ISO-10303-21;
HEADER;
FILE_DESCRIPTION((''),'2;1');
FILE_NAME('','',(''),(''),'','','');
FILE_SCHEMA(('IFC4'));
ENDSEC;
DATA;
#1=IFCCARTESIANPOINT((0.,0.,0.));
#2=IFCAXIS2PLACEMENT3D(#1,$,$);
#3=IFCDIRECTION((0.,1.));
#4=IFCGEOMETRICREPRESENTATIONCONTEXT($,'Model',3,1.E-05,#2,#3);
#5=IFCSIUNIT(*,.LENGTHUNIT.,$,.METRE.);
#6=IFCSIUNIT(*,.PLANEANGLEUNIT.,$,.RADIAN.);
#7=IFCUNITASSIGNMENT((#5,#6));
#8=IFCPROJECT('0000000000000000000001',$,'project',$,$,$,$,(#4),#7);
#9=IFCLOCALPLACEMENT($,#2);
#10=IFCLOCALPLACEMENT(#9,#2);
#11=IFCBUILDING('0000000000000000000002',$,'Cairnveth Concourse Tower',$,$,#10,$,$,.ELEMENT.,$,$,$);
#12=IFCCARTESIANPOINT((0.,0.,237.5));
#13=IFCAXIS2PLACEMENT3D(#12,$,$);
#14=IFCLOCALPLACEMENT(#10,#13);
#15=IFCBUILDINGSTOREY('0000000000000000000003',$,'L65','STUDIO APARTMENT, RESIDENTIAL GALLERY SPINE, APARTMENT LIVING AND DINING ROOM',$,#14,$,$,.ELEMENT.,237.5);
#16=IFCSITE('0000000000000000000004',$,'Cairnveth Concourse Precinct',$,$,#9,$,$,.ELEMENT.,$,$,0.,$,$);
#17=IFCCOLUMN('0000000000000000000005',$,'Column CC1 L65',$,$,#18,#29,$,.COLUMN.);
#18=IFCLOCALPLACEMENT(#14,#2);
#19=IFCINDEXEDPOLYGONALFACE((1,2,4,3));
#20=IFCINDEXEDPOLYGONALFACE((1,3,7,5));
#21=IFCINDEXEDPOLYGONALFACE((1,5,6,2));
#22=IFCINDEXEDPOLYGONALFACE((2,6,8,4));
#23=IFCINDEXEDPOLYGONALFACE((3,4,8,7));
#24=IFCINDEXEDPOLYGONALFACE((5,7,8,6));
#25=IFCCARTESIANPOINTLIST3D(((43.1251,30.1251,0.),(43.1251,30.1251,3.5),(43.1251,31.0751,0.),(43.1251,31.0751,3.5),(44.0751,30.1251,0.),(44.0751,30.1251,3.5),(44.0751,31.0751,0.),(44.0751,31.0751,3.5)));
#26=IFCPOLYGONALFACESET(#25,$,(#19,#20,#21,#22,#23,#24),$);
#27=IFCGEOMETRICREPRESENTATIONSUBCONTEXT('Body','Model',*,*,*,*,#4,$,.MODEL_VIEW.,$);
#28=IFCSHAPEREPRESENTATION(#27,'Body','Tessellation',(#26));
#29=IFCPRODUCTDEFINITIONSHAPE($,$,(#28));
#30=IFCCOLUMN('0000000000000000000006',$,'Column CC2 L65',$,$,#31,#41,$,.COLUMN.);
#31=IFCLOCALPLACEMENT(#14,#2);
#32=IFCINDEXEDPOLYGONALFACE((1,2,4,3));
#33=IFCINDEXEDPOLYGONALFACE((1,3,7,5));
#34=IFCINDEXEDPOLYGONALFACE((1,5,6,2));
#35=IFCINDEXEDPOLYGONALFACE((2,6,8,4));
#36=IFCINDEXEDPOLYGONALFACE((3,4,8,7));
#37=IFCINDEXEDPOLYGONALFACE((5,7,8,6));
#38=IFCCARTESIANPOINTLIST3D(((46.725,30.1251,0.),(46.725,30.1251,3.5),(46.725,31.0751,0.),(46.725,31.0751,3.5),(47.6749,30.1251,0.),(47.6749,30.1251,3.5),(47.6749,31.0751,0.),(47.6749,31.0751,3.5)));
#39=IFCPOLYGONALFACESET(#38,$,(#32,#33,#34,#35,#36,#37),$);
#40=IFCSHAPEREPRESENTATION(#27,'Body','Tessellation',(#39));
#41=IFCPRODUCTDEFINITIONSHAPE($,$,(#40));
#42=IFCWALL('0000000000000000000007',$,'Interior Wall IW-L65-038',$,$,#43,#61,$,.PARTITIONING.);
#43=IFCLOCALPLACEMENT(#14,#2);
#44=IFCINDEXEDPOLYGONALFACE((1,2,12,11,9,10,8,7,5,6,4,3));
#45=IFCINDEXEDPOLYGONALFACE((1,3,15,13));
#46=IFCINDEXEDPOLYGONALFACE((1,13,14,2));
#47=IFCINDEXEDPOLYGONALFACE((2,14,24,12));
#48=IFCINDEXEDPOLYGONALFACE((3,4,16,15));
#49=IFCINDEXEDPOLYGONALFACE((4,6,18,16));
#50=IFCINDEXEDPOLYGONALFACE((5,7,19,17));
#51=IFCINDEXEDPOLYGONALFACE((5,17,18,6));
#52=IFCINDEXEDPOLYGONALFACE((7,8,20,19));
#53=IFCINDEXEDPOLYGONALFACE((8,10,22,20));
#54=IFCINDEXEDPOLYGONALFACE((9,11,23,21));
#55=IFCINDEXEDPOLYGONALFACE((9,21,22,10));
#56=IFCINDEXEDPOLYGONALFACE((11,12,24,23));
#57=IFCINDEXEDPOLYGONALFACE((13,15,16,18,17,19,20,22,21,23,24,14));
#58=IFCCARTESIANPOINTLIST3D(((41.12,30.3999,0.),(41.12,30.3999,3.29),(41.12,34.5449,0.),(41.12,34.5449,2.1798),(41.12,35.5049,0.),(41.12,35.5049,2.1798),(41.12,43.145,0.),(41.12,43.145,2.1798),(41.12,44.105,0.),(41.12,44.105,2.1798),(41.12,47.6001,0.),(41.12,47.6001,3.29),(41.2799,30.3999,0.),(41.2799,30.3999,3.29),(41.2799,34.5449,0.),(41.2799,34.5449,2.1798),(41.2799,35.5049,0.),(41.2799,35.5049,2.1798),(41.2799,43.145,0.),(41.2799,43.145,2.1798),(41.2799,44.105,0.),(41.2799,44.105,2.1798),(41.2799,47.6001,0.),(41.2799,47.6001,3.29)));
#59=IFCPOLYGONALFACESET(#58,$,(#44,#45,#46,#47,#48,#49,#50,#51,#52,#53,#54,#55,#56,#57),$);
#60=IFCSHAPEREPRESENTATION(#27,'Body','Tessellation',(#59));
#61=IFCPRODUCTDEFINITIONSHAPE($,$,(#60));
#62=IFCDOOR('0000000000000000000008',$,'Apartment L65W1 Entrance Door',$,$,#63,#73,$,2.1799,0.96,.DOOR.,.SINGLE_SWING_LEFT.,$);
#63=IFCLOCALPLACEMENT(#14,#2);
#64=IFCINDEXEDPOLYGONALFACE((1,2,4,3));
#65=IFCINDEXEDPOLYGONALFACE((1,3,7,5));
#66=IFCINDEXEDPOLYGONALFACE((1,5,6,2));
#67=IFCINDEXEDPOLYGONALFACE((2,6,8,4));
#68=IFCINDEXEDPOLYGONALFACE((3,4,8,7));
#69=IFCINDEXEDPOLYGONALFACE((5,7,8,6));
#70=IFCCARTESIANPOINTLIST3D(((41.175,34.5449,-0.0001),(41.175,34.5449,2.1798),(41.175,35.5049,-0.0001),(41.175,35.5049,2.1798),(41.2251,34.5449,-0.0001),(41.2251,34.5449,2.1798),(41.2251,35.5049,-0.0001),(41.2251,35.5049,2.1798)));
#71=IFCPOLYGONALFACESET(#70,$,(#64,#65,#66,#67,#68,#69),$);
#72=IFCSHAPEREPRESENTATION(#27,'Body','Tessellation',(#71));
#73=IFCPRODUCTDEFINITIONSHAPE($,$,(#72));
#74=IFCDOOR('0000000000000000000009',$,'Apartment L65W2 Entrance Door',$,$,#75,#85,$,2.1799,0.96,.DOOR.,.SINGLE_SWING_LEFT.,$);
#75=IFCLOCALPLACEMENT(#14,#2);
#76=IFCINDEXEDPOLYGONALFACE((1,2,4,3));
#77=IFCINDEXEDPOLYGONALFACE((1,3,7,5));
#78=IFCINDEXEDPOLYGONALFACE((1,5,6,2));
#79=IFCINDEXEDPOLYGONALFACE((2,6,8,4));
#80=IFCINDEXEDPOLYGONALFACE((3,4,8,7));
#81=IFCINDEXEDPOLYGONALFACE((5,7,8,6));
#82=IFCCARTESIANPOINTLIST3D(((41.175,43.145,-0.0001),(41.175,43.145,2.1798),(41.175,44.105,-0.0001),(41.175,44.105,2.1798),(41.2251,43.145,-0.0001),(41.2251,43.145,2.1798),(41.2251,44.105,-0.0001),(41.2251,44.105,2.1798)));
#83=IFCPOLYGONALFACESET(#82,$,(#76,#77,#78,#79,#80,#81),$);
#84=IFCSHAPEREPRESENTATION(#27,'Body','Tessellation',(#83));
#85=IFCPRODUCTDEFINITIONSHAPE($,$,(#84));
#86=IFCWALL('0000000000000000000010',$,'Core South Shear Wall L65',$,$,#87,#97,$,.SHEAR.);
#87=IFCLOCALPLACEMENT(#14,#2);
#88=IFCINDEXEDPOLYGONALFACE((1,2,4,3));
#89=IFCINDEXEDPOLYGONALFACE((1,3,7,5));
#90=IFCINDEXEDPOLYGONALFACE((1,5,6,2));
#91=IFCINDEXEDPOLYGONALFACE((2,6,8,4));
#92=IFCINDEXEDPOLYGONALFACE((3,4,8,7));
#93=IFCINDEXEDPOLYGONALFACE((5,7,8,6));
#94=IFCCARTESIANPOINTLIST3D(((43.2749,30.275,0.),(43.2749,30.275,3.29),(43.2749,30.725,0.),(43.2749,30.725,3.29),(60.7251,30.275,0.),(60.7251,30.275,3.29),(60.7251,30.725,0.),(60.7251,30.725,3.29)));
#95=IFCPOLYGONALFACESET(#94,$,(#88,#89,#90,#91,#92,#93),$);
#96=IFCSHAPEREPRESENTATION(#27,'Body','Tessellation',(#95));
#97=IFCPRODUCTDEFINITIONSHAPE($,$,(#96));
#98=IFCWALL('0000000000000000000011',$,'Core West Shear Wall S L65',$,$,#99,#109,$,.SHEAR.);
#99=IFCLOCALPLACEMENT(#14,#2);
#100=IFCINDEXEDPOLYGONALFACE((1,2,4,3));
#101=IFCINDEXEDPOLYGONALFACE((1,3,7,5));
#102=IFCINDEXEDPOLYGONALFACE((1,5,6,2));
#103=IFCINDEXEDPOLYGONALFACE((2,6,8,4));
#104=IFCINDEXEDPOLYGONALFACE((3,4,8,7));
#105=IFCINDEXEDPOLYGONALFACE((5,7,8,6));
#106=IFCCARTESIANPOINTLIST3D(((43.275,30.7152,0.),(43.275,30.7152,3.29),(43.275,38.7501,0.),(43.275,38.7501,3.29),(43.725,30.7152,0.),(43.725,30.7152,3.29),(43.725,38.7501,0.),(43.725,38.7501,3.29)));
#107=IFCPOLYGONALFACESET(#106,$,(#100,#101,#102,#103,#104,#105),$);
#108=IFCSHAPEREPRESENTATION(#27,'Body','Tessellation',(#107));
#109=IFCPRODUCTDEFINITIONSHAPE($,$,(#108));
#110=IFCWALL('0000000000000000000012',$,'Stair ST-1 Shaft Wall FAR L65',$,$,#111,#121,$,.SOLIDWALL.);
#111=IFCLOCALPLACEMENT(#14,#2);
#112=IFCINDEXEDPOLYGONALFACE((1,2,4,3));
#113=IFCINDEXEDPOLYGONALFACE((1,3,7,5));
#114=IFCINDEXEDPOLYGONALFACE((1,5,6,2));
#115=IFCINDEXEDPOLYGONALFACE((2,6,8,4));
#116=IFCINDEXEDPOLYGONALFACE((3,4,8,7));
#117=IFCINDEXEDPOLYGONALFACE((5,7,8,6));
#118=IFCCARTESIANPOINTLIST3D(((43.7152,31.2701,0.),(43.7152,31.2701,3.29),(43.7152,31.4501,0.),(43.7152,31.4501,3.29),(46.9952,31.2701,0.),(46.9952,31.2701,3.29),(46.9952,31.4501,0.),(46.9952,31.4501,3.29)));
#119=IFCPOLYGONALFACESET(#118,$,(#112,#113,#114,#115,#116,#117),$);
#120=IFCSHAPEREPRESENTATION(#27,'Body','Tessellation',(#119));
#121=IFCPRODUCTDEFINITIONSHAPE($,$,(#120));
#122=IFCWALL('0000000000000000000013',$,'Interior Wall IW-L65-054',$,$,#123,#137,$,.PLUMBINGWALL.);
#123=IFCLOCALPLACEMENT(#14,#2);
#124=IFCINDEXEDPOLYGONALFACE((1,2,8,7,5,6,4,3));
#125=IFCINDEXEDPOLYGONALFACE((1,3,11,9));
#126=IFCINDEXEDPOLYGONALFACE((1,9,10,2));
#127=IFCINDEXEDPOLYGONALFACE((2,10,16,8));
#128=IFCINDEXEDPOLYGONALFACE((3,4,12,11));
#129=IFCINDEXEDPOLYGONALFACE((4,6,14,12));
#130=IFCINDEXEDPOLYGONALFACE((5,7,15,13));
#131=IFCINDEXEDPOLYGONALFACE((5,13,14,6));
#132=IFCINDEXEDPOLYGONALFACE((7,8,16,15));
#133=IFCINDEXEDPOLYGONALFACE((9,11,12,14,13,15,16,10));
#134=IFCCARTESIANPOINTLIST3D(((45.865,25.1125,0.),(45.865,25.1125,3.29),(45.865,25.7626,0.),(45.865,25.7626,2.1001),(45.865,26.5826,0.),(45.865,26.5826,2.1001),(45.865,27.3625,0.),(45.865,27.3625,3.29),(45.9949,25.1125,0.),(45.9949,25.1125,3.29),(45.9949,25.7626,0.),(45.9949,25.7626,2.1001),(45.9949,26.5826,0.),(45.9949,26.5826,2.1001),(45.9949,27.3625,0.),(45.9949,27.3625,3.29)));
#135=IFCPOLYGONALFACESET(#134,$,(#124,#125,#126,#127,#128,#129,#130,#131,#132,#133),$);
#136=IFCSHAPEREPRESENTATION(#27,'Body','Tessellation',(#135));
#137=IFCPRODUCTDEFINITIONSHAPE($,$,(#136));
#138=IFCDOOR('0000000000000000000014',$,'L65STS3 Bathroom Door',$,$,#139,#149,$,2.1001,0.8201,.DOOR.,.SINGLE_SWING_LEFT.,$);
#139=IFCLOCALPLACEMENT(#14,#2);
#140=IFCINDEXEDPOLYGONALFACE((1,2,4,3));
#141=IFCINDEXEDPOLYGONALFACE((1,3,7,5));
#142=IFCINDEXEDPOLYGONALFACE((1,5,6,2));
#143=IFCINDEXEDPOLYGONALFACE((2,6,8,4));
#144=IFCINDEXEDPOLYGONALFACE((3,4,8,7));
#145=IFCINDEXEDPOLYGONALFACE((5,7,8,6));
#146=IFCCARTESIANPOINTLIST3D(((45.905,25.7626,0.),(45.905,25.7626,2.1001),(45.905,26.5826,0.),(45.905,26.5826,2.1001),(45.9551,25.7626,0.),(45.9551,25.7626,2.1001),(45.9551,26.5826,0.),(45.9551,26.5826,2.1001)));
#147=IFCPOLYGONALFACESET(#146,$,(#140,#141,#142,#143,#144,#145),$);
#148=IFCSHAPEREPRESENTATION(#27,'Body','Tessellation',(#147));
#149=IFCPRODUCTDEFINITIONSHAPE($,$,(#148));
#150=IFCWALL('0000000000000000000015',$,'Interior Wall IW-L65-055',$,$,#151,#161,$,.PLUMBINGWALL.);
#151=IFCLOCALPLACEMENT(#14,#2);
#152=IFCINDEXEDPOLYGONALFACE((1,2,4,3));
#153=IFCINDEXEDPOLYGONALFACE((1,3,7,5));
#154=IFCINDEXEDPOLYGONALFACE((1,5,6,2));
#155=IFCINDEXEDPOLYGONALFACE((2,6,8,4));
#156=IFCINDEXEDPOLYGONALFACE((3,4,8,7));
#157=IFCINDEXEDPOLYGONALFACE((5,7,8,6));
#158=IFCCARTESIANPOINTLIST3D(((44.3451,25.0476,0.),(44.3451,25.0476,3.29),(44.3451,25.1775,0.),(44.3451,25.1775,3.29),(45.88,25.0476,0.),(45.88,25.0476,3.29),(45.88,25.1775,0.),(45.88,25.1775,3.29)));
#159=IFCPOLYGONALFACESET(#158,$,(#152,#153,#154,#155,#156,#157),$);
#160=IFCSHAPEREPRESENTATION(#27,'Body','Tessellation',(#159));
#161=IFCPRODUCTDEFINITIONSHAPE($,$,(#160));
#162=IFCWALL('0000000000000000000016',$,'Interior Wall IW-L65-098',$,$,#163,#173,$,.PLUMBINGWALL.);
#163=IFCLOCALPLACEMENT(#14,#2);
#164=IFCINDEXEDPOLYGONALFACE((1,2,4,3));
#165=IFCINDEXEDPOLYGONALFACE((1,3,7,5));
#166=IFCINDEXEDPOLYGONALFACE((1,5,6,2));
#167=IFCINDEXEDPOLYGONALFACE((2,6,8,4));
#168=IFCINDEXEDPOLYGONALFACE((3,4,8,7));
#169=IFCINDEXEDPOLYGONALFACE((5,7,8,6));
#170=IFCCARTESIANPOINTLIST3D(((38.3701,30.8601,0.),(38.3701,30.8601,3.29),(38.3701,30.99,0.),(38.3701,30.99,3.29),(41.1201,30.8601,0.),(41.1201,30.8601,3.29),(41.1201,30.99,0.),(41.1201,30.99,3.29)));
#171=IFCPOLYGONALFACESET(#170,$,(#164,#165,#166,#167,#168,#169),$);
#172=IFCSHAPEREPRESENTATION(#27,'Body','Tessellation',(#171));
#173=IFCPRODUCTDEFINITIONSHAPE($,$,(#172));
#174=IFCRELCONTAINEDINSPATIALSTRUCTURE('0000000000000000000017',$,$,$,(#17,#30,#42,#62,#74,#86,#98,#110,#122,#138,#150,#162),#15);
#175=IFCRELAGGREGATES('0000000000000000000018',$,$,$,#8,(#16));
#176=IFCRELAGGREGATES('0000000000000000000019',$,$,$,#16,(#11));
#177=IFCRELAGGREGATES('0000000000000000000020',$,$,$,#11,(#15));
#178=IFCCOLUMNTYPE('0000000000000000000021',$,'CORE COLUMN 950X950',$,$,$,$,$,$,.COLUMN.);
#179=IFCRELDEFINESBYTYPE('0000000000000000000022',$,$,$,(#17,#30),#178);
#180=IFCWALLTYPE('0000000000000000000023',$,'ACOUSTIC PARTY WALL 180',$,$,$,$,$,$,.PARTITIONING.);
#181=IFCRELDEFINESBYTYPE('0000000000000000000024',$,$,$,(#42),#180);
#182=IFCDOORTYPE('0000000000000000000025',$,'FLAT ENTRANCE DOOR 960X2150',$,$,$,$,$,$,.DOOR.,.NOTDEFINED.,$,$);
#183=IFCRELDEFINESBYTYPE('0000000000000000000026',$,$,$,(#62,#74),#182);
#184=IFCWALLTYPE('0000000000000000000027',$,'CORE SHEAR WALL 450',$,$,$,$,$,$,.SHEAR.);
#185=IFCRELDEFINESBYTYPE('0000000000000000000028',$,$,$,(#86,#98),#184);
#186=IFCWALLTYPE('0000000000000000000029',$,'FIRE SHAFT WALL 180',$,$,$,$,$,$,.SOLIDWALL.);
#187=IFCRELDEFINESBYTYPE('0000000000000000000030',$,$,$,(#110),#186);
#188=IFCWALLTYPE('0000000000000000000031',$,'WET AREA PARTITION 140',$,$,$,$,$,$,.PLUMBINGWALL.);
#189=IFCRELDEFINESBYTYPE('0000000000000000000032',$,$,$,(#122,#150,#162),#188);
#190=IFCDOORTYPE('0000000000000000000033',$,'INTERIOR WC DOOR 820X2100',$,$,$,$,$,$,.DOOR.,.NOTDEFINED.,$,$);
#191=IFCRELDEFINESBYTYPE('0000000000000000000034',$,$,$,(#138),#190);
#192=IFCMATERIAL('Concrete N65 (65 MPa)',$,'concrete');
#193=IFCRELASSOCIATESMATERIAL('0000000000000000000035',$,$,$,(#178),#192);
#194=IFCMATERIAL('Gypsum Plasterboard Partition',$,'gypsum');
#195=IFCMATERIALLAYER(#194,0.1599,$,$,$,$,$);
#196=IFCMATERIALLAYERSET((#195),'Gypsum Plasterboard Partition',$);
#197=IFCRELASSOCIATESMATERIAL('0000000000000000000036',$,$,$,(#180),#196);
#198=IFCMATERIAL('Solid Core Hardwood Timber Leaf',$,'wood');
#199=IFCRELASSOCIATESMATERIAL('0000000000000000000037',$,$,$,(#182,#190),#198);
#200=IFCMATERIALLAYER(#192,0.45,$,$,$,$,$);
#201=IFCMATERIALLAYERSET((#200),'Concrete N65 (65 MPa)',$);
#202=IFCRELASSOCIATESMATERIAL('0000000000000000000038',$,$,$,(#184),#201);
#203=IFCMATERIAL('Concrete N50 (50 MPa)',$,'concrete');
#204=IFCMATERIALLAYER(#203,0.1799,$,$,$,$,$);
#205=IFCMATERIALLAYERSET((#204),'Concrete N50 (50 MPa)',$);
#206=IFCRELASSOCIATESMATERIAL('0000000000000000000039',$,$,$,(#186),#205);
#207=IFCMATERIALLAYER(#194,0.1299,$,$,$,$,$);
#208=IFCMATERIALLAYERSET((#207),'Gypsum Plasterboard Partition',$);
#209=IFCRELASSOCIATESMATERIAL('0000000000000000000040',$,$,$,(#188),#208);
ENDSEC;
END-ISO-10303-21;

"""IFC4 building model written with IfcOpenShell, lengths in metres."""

from ifc_helpers import new_model, si_unit, direction, frame, frame_2d, origin, origin_2d, place, context, subcontext, project, spatial, rectangle, extrude, material, layer, layer_set, material_profile, profile_set, type_object, element, fill, save


model = new_model("IFC4")

# Units and contexts
model_context = context("Model", 3, precision=1e-05, world=origin(), true_north=direction((0.0, 1.0)))
body_context = subcontext(model_context, "Body", "Model", "MODEL_VIEW")
ifc_project = project(units=[si_unit("LENGTHUNIT", "METRE"), si_unit("PLANEANGLEUNIT", "RADIAN")], contexts=[model_context])

# Site, building, storey
site_placement = place(None, origin())
site = spatial("IfcSite", under=ifc_project, at=site_placement, Name="Cairnveth Concourse Precinct", CompositionType="ELEMENT", RefElevation=0.0)
building_placement = place(site_placement, origin())
building = spatial("IfcBuilding", under=site, at=building_placement, Name="Cairnveth Concourse Tower", CompositionType="ELEMENT")
storey_placement = place(building_placement, frame((0.0, 0.0, 237.5)))
storey = spatial("IfcBuildingStorey", under=building, at=storey_placement, Name="L65", Description="STUDIO APARTMENT, RESIDENTIAL GALLERY SPINE, APARTMENT LIVING AND DINING ROOM", CompositionType="ELEMENT", Elevation=237.5)

# Columns
ifc_material_1 = material(Name="Concrete N65 (65 MPa)", Category="concrete")
ifc_material_profile = material_profile(ifc_material_1, rectangle(XDim=0.95, YDim=0.95, at=origin_2d()), Name="RC-COL-950x950")
ifc_profile_set = profile_set([ifc_material_profile], Name="Concrete N65 (65 MPa)")
column_type = type_object("IfcColumnType", Name="CORE COLUMN 950X950", PredefinedType="COLUMN", material=ifc_profile_set)
for number, where, z_axis, x_axis, name in (
    (1, (43.6001, 30.6001, 0.0), (0.0, 0.0, 1.0), (1.0, 0.0, 0.0), "Column CC1 L65"),
    (2, (47.2, 30.6001, 0.0), (0.0, 0.0, 1.0), (1.0, 0.0, 0.0), "Column CC2 L65"),
):
    element("IfcColumn", number, at=place(storey_placement, frame(where, z_axis=z_axis, x_axis=x_axis)), inside=storey, type_object=column_type, Name=name, PredefinedType="COLUMN", context=body_context, shape_type="SweptSolid", body=[
        extrude(rectangle(XDim=0.95, YDim=0.95, at=origin_2d()), origin(), (0.0, 0.0, 1.0), 3.5),
    ])

# Wall, openings, doors
ifc_material_2 = material(Name="Gypsum Plasterboard Partition", Category="gypsum")
ifc_layer_1 = layer(ifc_material_2, 0.1599)
ifc_layer_set_1 = layer_set([ifc_layer_1], Name="Gypsum Plasterboard Partition")
wall_type_1 = type_object("IfcWallType", Name="ACOUSTIC PARTY WALL 180", PredefinedType="PARTITIONING", material=ifc_layer_set_1)
wall_1_placement = place(storey_placement, frame((41.2, 30.3999, 0.0), z_axis=(0.0, 0.0, 1.0), x_axis=(0.0, 1.0, 0.0)))
wall_1 = element("IfcWall", 3, at=wall_1_placement, inside=storey, type_object=wall_type_1, Name="Interior Wall IW-L65-038", PredefinedType="PARTITIONING", context=body_context, shape_type="SweptSolid", body=[
    extrude(rectangle(XDim=17.2002, YDim=0.1599, at=frame_2d((8.6001, 0.0))), origin(), (0.0, 0.0, 1.0), 3.29),
])
opening_1_placement = place(wall_1_placement, frame((4.145, 0.0, 0.0)))
opening_1 = element("IfcOpeningElement", 4, at=opening_1_placement, cuts=wall_1, PredefinedType="OPENING", context=body_context, shape_type="SweptSolid", body=[
    extrude(rectangle(XDim=0.96, YDim=2.1799, at=frame_2d((0.48, 1.0898))), frame((0.0, 0.0898, 0.0), z_axis=(0.0, -1.0, 0.0), x_axis=(1.0, 0.0, 0.0)), (0.0, 0.0, 1.0), 0.1799),
])
opening_2_placement = place(wall_1_placement, frame((12.7451, 0.0, 0.0)))
opening_2 = element("IfcOpeningElement", 5, at=opening_2_placement, cuts=wall_1, PredefinedType="OPENING", context=body_context, shape_type="SweptSolid", body=[
    extrude(rectangle(XDim=0.96, YDim=2.1799, at=frame_2d((0.48, 1.0898))), frame((0.0, 0.0898, 0.0), z_axis=(0.0, -1.0, 0.0), x_axis=(1.0, 0.0, 0.0)), (0.0, 0.0, 1.0), 0.1799),
])
ifc_material_3 = material(Name="Solid Core Hardwood Timber Leaf", Category="wood")
door_type_1 = type_object("IfcDoorType", Name="FLAT ENTRANCE DOOR 960X2150", OperationType="NOTDEFINED", PredefinedType="DOOR", material=ifc_material_3)
door_1_placement = place(opening_1_placement, origin())
door_1 = element("IfcDoor", 6, at=door_1_placement, inside=storey, type_object=door_type_1, Name="Apartment L65W1 Entrance Door", OperationType="SINGLE_SWING_LEFT", OverallHeight=2.1799, OverallWidth=0.96, PredefinedType="DOOR", context=body_context, shape_type="SweptSolid", body=[
    extrude(rectangle(XDim=0.96, YDim=2.1799, at=frame_2d((0.48, 1.0898))), frame((0.0, 0.0249, 0.0), z_axis=(0.0, -1.0, 0.0), x_axis=(1.0, 0.0, 0.0)), (0.0, 0.0, 1.0), 0.05),
])
fill(opening_1, door_1)
door_2_placement = place(opening_2_placement, origin())
door_2 = element("IfcDoor", 7, at=door_2_placement, inside=storey, type_object=door_type_1, Name="Apartment L65W2 Entrance Door", OperationType="SINGLE_SWING_LEFT", OverallHeight=2.1799, OverallWidth=0.96, PredefinedType="DOOR", context=body_context, shape_type="SweptSolid", body=[
    extrude(rectangle(XDim=0.96, YDim=2.1799, at=frame_2d((0.48, 1.0898))), frame((0.0, 0.0249, 0.0), z_axis=(0.0, -1.0, 0.0), x_axis=(1.0, 0.0, 0.0)), (0.0, 0.0, 1.0), 0.05),
])
fill(opening_2, door_2)

# Walls
ifc_layer_2 = layer(ifc_material_1, 0.45)
ifc_layer_set_2 = layer_set([ifc_layer_2], Name="Concrete N65 (65 MPa)")
wall_type_2 = type_object("IfcWallType", Name="CORE SHEAR WALL 450", PredefinedType="SHEAR", material=ifc_layer_set_2)
wall_2_placement = place(storey_placement, frame((43.2749, 30.5, 0.0), z_axis=(0.0, 0.0, 1.0), x_axis=(1.0, 0.0, 0.0)))
element("IfcWall", 8, at=wall_2_placement, inside=storey, type_object=wall_type_2, Name="Core South Shear Wall L65", PredefinedType="SHEAR", context=body_context, shape_type="SweptSolid", body=[
    extrude(rectangle(XDim=17.4502, YDim=0.45, at=frame_2d((8.7251, 0.0))), origin(), (0.0, 0.0, 1.0), 3.29),
])
wall_3_placement = place(storey_placement, frame((43.5, 30.7151, 0.0), z_axis=(0.0, 0.0, 1.0), x_axis=(0.0, 1.0, 0.0)))
element("IfcWall", 9, at=wall_3_placement, inside=storey, type_object=wall_type_2, Name="Core West Shear Wall S L65", PredefinedType="SHEAR", context=body_context, shape_type="SweptSolid", body=[
    extrude(rectangle(XDim=8.0349, YDim=0.45, at=frame_2d((4.0176, 0.0))), origin(), (0.0, 0.0, 1.0), 3.29),
])
ifc_material_4 = material(Name="Concrete N50 (50 MPa)", Category="concrete")
ifc_layer_3 = layer(ifc_material_4, 0.1799)
ifc_layer_set_3 = layer_set([ifc_layer_3], Name="Concrete N50 (50 MPa)")
wall_type_3 = type_object("IfcWallType", Name="FIRE SHAFT WALL 180", PredefinedType="SOLIDWALL", material=ifc_layer_set_3)
wall_4_placement = place(storey_placement, frame((43.7151, 31.3601, 0.0), z_axis=(0.0, 0.0, 1.0), x_axis=(1.0, 0.0, 0.0)))
element("IfcWall", 10, at=wall_4_placement, inside=storey, type_object=wall_type_3, Name="Stair ST-1 Shaft Wall FAR L65", PredefinedType="SOLIDWALL", context=body_context, shape_type="SweptSolid", body=[
    extrude(rectangle(XDim=3.28, YDim=0.1799, at=frame_2d((1.6401, 0.0))), origin(), (0.0, 0.0, 1.0), 3.29),
])

# Wall, opening, door
ifc_layer_4 = layer(ifc_material_2, 0.1299)
ifc_layer_set_4 = layer_set([ifc_layer_4], Name="Gypsum Plasterboard Partition")
wall_type_4 = type_object("IfcWallType", Name="WET AREA PARTITION 140", PredefinedType="PLUMBINGWALL", material=ifc_layer_set_4)
wall_5_placement = place(storey_placement, frame((45.9299, 25.1125, 0.0), z_axis=(0.0, 0.0, 1.0), x_axis=(0.0, 1.0, 0.0)))
wall_5 = element("IfcWall", 11, at=wall_5_placement, inside=storey, type_object=wall_type_4, Name="Interior Wall IW-L65-054", PredefinedType="PLUMBINGWALL", context=body_context, shape_type="SweptSolid", body=[
    extrude(rectangle(XDim=2.25, YDim=0.1299, at=frame_2d((1.125, 0.0))), origin(), (0.0, 0.0, 1.0), 3.29),
])
opening_3_placement = place(wall_5_placement, frame((0.6499, 0.0, 0.0)))
opening_3 = element("IfcOpeningElement", 12, at=opening_3_placement, cuts=wall_5, PredefinedType="OPENING", context=body_context, shape_type="SweptSolid", body=[
    extrude(rectangle(XDim=0.8201, YDim=2.1001, at=frame_2d((0.4102, 1.05))), frame((0.0, 0.075, 0.0), z_axis=(0.0, -1.0, 0.0), x_axis=(1.0, 0.0, 0.0)), (0.0, 0.0, 1.0), 0.1499),
])
door_type_2 = type_object("IfcDoorType", Name="INTERIOR WC DOOR 820X2100", OperationType="NOTDEFINED", PredefinedType="DOOR", material=ifc_material_3)
door_3_placement = place(opening_3_placement, origin())
door_3 = element("IfcDoor", 13, at=door_3_placement, inside=storey, type_object=door_type_2, Name="L65STS3 Bathroom Door", OperationType="SINGLE_SWING_LEFT", OverallHeight=2.1001, OverallWidth=0.8201, PredefinedType="DOOR", context=body_context, shape_type="SweptSolid", body=[
    extrude(rectangle(XDim=0.8201, YDim=2.1001, at=frame_2d((0.4102, 1.05))), frame((0.0, 0.0249, 0.0), z_axis=(0.0, -1.0, 0.0), x_axis=(1.0, 0.0, 0.0)), (0.0, 0.0, 1.0), 0.05),
])
fill(opening_3, door_3)

# Walls
wall_6_placement = place(storey_placement, frame((44.345, 25.1125, 0.0), z_axis=(0.0, 0.0, 1.0), x_axis=(1.0, 0.0, 0.0)))
element("IfcWall", 14, at=wall_6_placement, inside=storey, type_object=wall_type_4, Name="Interior Wall IW-L65-055", PredefinedType="PLUMBINGWALL", context=body_context, shape_type="SweptSolid", body=[
    extrude(rectangle(XDim=1.5349, YDim=0.1299, at=frame_2d((0.7676, 0.0))), origin(), (0.0, 0.0, 1.0), 3.29),
])
wall_7_placement = place(storey_placement, frame((38.3701, 30.925, 0.0), z_axis=(0.0, 0.0, 1.0), x_axis=(1.0, 0.0, 0.0)))
element("IfcWall", 15, at=wall_7_placement, inside=storey, type_object=wall_type_4, Name="Interior Wall IW-L65-098", PredefinedType="PLUMBINGWALL", context=body_context, shape_type="SweptSolid", body=[
    extrude(rectangle(XDim=2.75, YDim=0.1299, at=frame_2d((1.375, 0.0))), origin(), (0.0, 0.0, 1.0), 3.29),
])

save(model, "model.ifc")
